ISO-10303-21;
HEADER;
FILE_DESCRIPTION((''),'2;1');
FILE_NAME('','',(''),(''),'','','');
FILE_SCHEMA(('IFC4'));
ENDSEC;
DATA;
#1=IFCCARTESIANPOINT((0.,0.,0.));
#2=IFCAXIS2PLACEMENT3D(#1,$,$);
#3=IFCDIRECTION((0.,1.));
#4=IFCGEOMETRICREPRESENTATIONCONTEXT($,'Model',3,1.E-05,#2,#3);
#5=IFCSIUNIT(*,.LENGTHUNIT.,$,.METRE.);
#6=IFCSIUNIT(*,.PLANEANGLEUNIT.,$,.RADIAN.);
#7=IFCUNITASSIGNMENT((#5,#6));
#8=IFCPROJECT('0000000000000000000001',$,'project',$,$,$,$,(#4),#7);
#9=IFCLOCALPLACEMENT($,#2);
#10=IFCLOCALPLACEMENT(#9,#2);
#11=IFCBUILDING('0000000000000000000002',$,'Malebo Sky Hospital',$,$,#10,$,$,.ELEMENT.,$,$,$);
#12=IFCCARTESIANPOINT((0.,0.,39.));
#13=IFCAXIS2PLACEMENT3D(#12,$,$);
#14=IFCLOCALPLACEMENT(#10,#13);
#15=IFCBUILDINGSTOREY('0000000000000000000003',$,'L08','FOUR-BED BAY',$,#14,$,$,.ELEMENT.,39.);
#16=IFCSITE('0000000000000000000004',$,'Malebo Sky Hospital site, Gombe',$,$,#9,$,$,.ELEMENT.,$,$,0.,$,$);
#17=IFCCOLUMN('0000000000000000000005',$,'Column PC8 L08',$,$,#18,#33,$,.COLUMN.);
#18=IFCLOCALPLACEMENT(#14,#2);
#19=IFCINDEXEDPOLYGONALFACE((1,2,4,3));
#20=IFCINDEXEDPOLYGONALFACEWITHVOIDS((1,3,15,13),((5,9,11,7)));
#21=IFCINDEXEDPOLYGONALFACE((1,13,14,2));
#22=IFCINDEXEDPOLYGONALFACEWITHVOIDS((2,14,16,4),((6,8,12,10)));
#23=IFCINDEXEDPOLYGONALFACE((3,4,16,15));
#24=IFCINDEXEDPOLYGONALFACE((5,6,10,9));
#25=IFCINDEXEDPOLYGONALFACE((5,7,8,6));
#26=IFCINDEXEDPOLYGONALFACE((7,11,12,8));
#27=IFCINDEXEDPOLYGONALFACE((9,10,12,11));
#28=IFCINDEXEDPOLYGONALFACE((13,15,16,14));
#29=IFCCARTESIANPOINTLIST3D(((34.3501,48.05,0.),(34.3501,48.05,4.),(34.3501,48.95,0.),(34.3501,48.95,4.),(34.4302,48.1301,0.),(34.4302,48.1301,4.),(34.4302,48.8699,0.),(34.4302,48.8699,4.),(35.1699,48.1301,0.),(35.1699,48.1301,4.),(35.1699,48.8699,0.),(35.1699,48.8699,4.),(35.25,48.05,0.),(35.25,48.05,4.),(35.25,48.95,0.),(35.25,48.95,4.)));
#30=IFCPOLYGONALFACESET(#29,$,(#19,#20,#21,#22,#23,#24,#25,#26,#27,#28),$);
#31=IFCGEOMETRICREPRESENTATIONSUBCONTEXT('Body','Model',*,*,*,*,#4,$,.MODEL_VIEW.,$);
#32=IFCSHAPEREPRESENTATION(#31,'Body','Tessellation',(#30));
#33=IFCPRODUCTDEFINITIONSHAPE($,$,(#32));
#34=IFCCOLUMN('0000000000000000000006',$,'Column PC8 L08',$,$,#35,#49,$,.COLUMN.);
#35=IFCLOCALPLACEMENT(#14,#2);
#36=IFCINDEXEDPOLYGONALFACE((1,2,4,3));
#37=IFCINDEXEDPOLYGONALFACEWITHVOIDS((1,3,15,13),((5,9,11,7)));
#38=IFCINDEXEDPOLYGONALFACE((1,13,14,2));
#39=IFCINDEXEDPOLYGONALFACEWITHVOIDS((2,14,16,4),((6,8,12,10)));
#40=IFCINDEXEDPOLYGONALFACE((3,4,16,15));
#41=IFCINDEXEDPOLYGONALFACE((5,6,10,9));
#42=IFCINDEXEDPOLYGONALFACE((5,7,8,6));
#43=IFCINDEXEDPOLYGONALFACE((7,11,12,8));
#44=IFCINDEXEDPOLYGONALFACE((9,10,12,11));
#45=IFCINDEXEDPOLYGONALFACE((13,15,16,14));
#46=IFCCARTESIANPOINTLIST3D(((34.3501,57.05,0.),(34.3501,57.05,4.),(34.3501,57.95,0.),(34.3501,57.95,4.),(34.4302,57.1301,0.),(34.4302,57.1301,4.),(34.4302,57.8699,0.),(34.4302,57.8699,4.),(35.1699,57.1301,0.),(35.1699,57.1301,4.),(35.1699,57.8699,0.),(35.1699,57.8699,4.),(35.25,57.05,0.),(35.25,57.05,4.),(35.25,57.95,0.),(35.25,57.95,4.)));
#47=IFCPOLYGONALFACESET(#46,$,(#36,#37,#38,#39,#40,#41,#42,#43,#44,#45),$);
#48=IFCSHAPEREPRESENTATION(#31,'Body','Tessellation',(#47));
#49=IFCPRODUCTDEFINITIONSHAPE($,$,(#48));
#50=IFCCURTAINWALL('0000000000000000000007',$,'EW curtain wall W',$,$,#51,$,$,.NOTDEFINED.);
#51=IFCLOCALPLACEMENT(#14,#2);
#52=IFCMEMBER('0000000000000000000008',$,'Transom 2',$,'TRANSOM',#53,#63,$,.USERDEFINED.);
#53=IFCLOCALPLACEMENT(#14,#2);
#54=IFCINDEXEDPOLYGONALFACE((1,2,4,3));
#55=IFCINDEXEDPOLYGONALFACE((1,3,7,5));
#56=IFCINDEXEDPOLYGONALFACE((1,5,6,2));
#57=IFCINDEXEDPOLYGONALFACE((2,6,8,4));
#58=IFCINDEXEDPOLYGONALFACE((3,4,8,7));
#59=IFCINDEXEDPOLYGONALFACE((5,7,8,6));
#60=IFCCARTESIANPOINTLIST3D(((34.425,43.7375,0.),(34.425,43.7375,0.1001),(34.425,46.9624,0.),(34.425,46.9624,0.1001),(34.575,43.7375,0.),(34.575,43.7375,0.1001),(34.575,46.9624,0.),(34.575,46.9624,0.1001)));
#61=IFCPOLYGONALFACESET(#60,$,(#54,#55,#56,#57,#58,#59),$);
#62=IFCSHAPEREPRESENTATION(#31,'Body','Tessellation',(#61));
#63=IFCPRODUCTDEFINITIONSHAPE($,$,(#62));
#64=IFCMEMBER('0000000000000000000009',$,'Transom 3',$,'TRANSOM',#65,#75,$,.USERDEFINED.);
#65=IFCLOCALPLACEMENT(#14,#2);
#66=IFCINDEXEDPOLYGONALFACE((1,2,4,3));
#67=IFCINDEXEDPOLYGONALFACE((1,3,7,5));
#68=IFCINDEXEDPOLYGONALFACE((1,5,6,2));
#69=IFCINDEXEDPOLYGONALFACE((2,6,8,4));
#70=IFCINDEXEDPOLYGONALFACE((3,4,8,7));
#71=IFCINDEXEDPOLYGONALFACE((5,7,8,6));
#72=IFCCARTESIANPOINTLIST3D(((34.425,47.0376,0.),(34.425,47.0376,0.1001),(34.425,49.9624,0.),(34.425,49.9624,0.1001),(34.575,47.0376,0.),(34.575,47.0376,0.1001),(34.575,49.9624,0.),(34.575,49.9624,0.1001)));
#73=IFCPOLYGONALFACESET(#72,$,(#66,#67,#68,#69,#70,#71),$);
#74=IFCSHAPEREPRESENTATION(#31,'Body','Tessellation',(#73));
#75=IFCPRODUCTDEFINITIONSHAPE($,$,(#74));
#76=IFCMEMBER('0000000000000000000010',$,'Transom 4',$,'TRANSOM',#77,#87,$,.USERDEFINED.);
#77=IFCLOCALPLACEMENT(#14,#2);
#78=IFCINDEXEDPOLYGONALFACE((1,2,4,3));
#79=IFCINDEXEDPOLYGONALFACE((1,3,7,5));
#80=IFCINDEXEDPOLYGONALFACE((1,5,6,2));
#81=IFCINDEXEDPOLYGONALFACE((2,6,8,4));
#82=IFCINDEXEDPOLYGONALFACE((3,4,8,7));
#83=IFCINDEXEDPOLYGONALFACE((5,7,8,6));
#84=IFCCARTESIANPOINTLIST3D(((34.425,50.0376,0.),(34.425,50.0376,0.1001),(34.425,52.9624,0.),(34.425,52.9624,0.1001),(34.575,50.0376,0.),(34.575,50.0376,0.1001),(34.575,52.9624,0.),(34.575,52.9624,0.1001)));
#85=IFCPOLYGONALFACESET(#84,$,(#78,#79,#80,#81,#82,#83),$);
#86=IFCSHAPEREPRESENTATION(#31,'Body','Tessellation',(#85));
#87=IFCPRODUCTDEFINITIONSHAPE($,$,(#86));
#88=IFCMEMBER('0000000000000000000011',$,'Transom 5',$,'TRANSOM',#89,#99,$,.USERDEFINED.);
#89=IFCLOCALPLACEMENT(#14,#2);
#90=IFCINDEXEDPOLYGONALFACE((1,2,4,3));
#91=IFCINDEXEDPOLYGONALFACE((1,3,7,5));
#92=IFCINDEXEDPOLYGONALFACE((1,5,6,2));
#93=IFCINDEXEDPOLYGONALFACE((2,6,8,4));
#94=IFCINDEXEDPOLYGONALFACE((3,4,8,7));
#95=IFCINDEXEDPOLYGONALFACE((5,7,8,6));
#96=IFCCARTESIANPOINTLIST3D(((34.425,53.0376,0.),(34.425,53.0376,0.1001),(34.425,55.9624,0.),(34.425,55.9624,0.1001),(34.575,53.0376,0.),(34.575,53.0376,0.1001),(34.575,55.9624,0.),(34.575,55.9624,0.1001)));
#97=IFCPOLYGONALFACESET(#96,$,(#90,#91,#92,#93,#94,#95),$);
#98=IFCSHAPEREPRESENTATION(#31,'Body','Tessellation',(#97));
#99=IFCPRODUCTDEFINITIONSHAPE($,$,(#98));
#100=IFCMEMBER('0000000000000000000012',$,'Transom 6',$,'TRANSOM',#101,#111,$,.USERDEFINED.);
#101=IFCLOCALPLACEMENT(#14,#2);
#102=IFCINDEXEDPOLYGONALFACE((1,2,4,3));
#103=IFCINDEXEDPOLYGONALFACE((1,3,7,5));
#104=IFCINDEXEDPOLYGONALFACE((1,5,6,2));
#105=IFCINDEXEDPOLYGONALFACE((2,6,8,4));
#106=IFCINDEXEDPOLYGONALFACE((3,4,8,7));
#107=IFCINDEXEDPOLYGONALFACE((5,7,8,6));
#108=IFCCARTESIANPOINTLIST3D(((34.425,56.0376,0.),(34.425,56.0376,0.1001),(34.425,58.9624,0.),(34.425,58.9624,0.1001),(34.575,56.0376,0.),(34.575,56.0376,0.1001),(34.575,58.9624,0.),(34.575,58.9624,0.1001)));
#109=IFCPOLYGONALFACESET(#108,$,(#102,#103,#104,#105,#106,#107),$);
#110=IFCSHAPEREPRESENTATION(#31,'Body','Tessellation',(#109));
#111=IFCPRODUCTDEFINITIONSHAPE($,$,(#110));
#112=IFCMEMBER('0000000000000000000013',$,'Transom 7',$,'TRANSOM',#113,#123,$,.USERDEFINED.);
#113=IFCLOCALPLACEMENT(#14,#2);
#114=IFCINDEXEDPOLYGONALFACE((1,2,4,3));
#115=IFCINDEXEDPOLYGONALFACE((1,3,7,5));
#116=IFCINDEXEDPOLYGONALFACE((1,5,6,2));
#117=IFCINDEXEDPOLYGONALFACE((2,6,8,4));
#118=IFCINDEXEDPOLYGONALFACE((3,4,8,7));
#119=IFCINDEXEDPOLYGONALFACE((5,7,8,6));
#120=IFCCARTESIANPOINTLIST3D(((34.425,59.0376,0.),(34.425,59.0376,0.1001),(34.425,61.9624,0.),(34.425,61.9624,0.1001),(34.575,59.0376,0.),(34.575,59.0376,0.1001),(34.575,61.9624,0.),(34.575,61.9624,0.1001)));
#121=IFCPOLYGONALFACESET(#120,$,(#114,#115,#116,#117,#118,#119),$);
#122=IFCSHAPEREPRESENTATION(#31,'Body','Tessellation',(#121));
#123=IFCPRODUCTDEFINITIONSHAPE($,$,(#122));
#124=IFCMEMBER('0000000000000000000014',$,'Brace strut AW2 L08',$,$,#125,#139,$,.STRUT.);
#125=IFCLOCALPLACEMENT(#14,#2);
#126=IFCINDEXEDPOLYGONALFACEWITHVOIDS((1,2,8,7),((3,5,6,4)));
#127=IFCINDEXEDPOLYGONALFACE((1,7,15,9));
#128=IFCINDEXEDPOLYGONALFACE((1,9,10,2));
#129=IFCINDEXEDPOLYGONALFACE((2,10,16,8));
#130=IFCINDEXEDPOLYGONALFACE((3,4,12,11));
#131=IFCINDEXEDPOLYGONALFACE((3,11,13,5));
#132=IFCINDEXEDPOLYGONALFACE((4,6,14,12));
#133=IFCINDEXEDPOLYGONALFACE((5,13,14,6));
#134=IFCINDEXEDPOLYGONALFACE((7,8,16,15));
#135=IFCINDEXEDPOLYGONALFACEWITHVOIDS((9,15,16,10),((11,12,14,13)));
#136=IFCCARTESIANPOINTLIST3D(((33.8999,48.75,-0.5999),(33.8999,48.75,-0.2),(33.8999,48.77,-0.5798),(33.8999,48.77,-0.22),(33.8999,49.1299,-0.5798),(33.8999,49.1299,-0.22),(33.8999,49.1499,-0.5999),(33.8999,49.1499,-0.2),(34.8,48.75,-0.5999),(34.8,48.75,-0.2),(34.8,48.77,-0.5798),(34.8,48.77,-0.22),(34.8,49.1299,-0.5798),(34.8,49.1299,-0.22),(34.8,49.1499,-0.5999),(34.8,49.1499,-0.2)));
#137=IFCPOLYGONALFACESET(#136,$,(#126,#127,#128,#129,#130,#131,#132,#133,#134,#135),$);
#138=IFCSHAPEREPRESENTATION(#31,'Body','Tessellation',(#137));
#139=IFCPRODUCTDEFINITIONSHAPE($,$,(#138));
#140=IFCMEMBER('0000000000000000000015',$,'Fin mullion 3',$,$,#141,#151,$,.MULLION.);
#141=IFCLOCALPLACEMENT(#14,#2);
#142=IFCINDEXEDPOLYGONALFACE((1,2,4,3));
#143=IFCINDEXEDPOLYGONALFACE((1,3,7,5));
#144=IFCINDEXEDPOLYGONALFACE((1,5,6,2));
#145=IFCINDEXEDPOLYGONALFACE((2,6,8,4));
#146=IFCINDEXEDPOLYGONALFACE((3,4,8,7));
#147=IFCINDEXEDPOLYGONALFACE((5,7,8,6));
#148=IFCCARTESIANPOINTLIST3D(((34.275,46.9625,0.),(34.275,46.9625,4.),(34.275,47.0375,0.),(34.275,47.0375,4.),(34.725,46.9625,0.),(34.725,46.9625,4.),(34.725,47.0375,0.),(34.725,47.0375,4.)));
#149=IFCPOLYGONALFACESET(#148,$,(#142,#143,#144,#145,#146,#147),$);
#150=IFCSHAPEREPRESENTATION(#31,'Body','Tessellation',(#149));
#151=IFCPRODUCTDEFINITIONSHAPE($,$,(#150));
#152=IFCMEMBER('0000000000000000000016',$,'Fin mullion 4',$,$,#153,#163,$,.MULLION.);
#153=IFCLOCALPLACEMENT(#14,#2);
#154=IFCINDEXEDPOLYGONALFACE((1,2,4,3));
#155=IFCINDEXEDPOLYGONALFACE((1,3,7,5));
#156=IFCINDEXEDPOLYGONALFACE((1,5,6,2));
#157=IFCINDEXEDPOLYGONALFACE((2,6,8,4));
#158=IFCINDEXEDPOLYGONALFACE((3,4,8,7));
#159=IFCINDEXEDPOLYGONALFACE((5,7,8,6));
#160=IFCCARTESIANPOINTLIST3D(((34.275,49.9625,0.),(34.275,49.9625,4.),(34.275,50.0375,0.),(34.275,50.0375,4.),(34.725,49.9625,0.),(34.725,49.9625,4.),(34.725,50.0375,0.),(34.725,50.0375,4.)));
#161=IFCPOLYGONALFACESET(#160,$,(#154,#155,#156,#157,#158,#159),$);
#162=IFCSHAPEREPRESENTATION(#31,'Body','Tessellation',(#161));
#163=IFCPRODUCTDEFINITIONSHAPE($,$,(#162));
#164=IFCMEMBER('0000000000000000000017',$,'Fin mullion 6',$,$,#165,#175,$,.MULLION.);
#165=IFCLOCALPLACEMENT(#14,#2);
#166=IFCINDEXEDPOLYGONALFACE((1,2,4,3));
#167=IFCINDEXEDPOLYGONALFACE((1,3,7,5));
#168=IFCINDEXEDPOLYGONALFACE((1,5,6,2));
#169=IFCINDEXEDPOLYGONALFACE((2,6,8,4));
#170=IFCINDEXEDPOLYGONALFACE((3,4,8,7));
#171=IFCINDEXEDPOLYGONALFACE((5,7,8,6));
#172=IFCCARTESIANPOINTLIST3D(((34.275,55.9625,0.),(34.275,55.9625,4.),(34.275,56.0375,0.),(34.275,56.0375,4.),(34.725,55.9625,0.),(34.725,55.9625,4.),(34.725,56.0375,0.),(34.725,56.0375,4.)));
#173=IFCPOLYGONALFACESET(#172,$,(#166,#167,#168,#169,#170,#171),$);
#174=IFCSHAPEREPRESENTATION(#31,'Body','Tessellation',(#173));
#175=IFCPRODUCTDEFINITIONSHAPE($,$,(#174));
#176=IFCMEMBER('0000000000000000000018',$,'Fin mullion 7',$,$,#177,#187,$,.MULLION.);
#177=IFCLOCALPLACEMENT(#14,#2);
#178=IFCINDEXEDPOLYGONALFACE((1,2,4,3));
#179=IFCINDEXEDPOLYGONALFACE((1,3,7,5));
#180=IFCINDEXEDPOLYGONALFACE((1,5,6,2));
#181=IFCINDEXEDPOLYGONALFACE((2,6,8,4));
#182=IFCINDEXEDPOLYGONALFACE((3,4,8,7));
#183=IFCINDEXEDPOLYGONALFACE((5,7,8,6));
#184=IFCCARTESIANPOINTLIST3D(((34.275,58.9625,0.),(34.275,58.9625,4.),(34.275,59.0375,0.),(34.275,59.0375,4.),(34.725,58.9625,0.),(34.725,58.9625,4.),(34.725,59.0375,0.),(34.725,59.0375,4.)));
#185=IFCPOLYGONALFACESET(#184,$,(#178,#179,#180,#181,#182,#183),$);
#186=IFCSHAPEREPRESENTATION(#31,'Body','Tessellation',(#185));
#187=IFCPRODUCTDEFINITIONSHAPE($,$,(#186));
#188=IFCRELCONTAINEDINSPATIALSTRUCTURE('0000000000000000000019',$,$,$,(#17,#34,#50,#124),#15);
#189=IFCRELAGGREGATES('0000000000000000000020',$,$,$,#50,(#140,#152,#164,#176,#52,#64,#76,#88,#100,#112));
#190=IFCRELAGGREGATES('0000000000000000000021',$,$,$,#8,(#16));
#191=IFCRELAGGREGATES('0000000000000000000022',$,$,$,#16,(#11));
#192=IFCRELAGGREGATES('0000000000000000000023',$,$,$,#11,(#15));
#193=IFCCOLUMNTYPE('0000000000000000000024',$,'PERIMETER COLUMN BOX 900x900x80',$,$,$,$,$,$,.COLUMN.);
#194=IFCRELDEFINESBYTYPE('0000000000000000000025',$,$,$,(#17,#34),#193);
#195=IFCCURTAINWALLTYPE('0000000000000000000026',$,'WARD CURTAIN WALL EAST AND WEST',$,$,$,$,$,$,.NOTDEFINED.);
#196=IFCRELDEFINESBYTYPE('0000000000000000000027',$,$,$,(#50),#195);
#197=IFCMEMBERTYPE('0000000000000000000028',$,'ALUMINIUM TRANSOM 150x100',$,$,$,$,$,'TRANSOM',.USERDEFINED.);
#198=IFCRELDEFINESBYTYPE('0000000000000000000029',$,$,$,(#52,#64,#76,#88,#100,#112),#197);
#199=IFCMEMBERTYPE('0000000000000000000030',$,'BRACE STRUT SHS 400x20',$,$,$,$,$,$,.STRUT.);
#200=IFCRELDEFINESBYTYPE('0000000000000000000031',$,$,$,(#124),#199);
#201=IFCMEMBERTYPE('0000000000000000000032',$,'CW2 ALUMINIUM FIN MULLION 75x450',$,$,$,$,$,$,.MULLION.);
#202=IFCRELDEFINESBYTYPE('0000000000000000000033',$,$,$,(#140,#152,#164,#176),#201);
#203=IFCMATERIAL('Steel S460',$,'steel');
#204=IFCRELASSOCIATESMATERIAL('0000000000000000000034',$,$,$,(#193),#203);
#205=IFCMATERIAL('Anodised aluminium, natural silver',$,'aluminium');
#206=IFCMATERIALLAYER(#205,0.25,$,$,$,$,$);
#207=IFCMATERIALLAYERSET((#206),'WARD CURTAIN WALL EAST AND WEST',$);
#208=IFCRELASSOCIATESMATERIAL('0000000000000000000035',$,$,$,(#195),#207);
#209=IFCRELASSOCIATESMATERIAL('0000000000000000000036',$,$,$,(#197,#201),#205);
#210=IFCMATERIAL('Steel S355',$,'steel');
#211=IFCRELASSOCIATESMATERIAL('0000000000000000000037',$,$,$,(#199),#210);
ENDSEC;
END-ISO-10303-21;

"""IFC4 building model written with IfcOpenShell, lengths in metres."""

from ifc_helpers import new_model, si_unit, direction, frame, origin, origin_2d, place, context, subcontext, project, spatial, rectangle, hollow_rectangle, extrude, material, layer, layer_set, material_profile, profile_set, type_object, element, aggregate, save


model = new_model("IFC4")

# Units and contexts
model_context = context("Model", 3, precision=1e-05, world=origin(), true_north=direction((0.0, 1.0)))
body_context = subcontext(model_context, "Body", "Model", "MODEL_VIEW")
ifc_project = project(units=[si_unit("LENGTHUNIT", "METRE"), si_unit("PLANEANGLEUNIT", "RADIAN")], contexts=[model_context])

# Site, building, storey
site_placement = place(None, origin())
site = spatial("IfcSite", under=ifc_project, at=site_placement, Name="Malebo Sky Hospital site, Gombe", CompositionType="ELEMENT", RefElevation=0.0)
building_placement = place(site_placement, origin())
building = spatial("IfcBuilding", under=site, at=building_placement, Name="Malebo Sky Hospital", CompositionType="ELEMENT")
storey_placement = place(building_placement, frame((0.0, 0.0, 39.0)))
storey = spatial("IfcBuildingStorey", under=building, at=storey_placement, Name="L08", Description="FOUR-BED BAY", CompositionType="ELEMENT", Elevation=39.0)

# Columns
ifc_material_1 = material(Name="Steel S460", Category="steel")
ifc_material_profile_1 = material_profile(ifc_material_1, hollow_rectangle(XDim=0.8999, YDim=0.8999, WallThickness=0.0801, at=origin_2d()), Name="BOX 900x900x80")
ifc_profile_set_1 = profile_set([ifc_material_profile_1], Name="Steel S460")
column_type = type_object("IfcColumnType", Name="PERIMETER COLUMN BOX 900x900x80", PredefinedType="COLUMN", material=ifc_profile_set_1)
for number, where, z_axis, x_axis, name in (
    (1, (34.8, 48.5, 0.0), (0.0, 0.0, 1.0), (1.0, 0.0, 0.0), "Column PC8 L08"),
    (2, (34.8, 57.5, 0.0), (0.0, 0.0, 1.0), (1.0, 0.0, 0.0), "Column PC8 L08"),
):
    element("IfcColumn", number, at=place(storey_placement, frame(where, z_axis=z_axis, x_axis=x_axis)), inside=storey, type_object=column_type, Name=name, PredefinedType="COLUMN", context=body_context, shape_type="SweptSolid", body=[
        extrude(hollow_rectangle(XDim=0.8999, YDim=0.8999, WallThickness=0.0801, at=origin_2d()), origin(), (0.0, 0.0, 1.0), 4.0),
    ])

# Curtain wall, members
ifc_material_2 = material(Name="Anodised aluminium, natural silver", Category="aluminium")
ifc_layer_1 = layer(ifc_material_2, 0.25)
ifc_layer_set_1 = layer_set([ifc_layer_1], Name="WARD CURTAIN WALL EAST AND WEST")
curtain_wall_type = type_object("IfcCurtainWallType", Name="WARD CURTAIN WALL EAST AND WEST", PredefinedType="NOTDEFINED", material=ifc_layer_set_1)
curtain_wall_placement = place(storey_placement, origin())
curtain_wall = element("IfcCurtainWall", 3, at=curtain_wall_placement, inside=storey, type_object=curtain_wall_type, Name="EW curtain wall W", PredefinedType="NOTDEFINED")
ifc_material_profile_2 = material_profile(ifc_material_2, rectangle(XDim=0.1499, YDim=0.1001, at=origin_2d()), Name="ALUMINIUM TRANSOM 150x100")
ifc_profile_set_2 = profile_set([ifc_material_profile_2], Name="Anodised aluminium, natural silver")
member_type_1 = type_object("IfcMemberType", Name="ALUMINIUM TRANSOM 150x100", ElementType="TRANSOM", PredefinedType="USERDEFINED", material=ifc_profile_set_2)
member_1_placement = place(storey_placement, frame((34.5, 43.7375, 0.05), z_axis=(0.0, 1.0, 0.0), x_axis=(-1.0, 0.0, 0.0)))
member_1 = element("IfcMember", 4, at=member_1_placement, type_object=member_type_1, Name="Transom 2", ObjectType="TRANSOM", PredefinedType="USERDEFINED", context=body_context, shape_type="SweptSolid", body=[
    extrude(rectangle(XDim=0.1499, YDim=0.1001, at=origin_2d()), origin(), (0.0, 0.0, 1.0), 3.2249),
])
member_2_placement = place(storey_placement, frame((34.5, 47.0376, 0.05), z_axis=(0.0, 1.0, 0.0), x_axis=(-1.0, 0.0, 0.0)))
member_2 = element("IfcMember", 5, at=member_2_placement, type_object=member_type_1, Name="Transom 3", ObjectType="TRANSOM", PredefinedType="USERDEFINED", context=body_context, shape_type="SweptSolid", body=[
    extrude(rectangle(XDim=0.1499, YDim=0.1001, at=origin_2d()), origin(), (0.0, 0.0, 1.0), 2.9248),
])
member_3_placement = place(storey_placement, frame((34.5, 50.0376, 0.05), z_axis=(0.0, 1.0, 0.0), x_axis=(-1.0, 0.0, 0.0)))
member_3 = element("IfcMember", 6, at=member_3_placement, type_object=member_type_1, Name="Transom 4", ObjectType="TRANSOM", PredefinedType="USERDEFINED", context=body_context, shape_type="SweptSolid", body=[
    extrude(rectangle(XDim=0.1499, YDim=0.1001, at=origin_2d()), origin(), (0.0, 0.0, 1.0), 2.9248),
])
member_4_placement = place(storey_placement, frame((34.5, 53.0376, 0.05), z_axis=(0.0, 1.0, 0.0), x_axis=(-1.0, 0.0, 0.0)))
member_4 = element("IfcMember", 7, at=member_4_placement, type_object=member_type_1, Name="Transom 5", ObjectType="TRANSOM", PredefinedType="USERDEFINED", context=body_context, shape_type="SweptSolid", body=[
    extrude(rectangle(XDim=0.1499, YDim=0.1001, at=origin_2d()), origin(), (0.0, 0.0, 1.0), 2.9248),
])
member_5_placement = place(storey_placement, frame((34.5, 56.0376, 0.05), z_axis=(0.0, 1.0, 0.0), x_axis=(-1.0, 0.0, 0.0)))
member_5 = element("IfcMember", 8, at=member_5_placement, type_object=member_type_1, Name="Transom 6", ObjectType="TRANSOM", PredefinedType="USERDEFINED", context=body_context, shape_type="SweptSolid", body=[
    extrude(rectangle(XDim=0.1499, YDim=0.1001, at=origin_2d()), origin(), (0.0, 0.0, 1.0), 2.9248),
])
member_6_placement = place(storey_placement, frame((34.5, 59.0376, 0.05), z_axis=(0.0, 1.0, 0.0), x_axis=(-1.0, 0.0, 0.0)))
member_6 = element("IfcMember", 9, at=member_6_placement, type_object=member_type_1, Name="Transom 7", ObjectType="TRANSOM", PredefinedType="USERDEFINED", context=body_context, shape_type="SweptSolid", body=[
    extrude(rectangle(XDim=0.1499, YDim=0.1001, at=origin_2d()), origin(), (0.0, 0.0, 1.0), 2.9248),
])

# Members
ifc_material_3 = material(Name="Steel S355", Category="steel")
ifc_material_profile_3 = material_profile(ifc_material_3, hollow_rectangle(XDim=0.3999, YDim=0.3999, WallThickness=0.02, at=origin_2d()), Name="SHS 400x20")
ifc_profile_set_3 = profile_set([ifc_material_profile_3], Name="Steel S355")
member_type_2 = type_object("IfcMemberType", Name="BRACE STRUT SHS 400x20", PredefinedType="STRUT", material=ifc_profile_set_3)
member_7_placement = place(storey_placement, frame((33.8999, 48.95, -0.3999), z_axis=(1.0, 0.0, 0.0), x_axis=(0.0, 1.0, 0.0)))
element("IfcMember", 10, at=member_7_placement, inside=storey, type_object=member_type_2, Name="Brace strut AW2 L08", PredefinedType="STRUT", context=body_context, shape_type="SweptSolid", body=[
    extrude(hollow_rectangle(XDim=0.3999, YDim=0.3999, WallThickness=0.02, at=origin_2d()), origin(), (0.0, 0.0, 1.0), 0.9001),
])
ifc_material_profile_4 = material_profile(ifc_material_2, rectangle(XDim=0.075, YDim=0.45, at=origin_2d()), Name="CW2 ALUMINIUM FIN MULLION 75x450")
ifc_profile_set_4 = profile_set([ifc_material_profile_4], Name="Anodised aluminium, natural silver")
member_type_3 = type_object("IfcMemberType", Name="CW2 ALUMINIUM FIN MULLION 75x450", PredefinedType="MULLION", material=ifc_profile_set_4)
member_8_placement = place(storey_placement, frame((34.5, 47.0, 0.0), z_axis=(0.0, 0.0, 1.0), x_axis=(0.0, 1.0, 0.0)))
member_8 = element("IfcMember", 11, at=member_8_placement, type_object=member_type_3, Name="Fin mullion 3", PredefinedType="MULLION", context=body_context, shape_type="SweptSolid", body=[
    extrude(rectangle(XDim=0.075, YDim=0.45, at=origin_2d()), origin(), (0.0, 0.0, 1.0), 4.0),
])
member_9_placement = place(storey_placement, frame((34.5, 50.0, 0.0), z_axis=(0.0, 0.0, 1.0), x_axis=(0.0, 1.0, 0.0)))
member_9 = element("IfcMember", 12, at=member_9_placement, type_object=member_type_3, Name="Fin mullion 4", PredefinedType="MULLION", context=body_context, shape_type="SweptSolid", body=[
    extrude(rectangle(XDim=0.075, YDim=0.45, at=origin_2d()), origin(), (0.0, 0.0, 1.0), 4.0),
])
member_10_placement = place(storey_placement, frame((34.5, 56.0, 0.0), z_axis=(0.0, 0.0, 1.0), x_axis=(0.0, 1.0, 0.0)))
member_10 = element("IfcMember", 13, at=member_10_placement, type_object=member_type_3, Name="Fin mullion 6", PredefinedType="MULLION", context=body_context, shape_type="SweptSolid", body=[
    extrude(rectangle(XDim=0.075, YDim=0.45, at=origin_2d()), origin(), (0.0, 0.0, 1.0), 4.0),
])
member_11_placement = place(storey_placement, frame((34.5, 59.0, 0.0), z_axis=(0.0, 0.0, 1.0), x_axis=(0.0, 1.0, 0.0)))
member_11 = element("IfcMember", 14, at=member_11_placement, type_object=member_type_3, Name="Fin mullion 7", PredefinedType="MULLION", context=body_context, shape_type="SweptSolid", body=[
    extrude(rectangle(XDim=0.075, YDim=0.45, at=origin_2d()), origin(), (0.0, 0.0, 1.0), 4.0),
])

aggregate(curtain_wall, [member_8, member_9, member_10, member_11, member_1, member_2, member_3, member_4, member_5, member_6])

save(model, "model.ifc")
